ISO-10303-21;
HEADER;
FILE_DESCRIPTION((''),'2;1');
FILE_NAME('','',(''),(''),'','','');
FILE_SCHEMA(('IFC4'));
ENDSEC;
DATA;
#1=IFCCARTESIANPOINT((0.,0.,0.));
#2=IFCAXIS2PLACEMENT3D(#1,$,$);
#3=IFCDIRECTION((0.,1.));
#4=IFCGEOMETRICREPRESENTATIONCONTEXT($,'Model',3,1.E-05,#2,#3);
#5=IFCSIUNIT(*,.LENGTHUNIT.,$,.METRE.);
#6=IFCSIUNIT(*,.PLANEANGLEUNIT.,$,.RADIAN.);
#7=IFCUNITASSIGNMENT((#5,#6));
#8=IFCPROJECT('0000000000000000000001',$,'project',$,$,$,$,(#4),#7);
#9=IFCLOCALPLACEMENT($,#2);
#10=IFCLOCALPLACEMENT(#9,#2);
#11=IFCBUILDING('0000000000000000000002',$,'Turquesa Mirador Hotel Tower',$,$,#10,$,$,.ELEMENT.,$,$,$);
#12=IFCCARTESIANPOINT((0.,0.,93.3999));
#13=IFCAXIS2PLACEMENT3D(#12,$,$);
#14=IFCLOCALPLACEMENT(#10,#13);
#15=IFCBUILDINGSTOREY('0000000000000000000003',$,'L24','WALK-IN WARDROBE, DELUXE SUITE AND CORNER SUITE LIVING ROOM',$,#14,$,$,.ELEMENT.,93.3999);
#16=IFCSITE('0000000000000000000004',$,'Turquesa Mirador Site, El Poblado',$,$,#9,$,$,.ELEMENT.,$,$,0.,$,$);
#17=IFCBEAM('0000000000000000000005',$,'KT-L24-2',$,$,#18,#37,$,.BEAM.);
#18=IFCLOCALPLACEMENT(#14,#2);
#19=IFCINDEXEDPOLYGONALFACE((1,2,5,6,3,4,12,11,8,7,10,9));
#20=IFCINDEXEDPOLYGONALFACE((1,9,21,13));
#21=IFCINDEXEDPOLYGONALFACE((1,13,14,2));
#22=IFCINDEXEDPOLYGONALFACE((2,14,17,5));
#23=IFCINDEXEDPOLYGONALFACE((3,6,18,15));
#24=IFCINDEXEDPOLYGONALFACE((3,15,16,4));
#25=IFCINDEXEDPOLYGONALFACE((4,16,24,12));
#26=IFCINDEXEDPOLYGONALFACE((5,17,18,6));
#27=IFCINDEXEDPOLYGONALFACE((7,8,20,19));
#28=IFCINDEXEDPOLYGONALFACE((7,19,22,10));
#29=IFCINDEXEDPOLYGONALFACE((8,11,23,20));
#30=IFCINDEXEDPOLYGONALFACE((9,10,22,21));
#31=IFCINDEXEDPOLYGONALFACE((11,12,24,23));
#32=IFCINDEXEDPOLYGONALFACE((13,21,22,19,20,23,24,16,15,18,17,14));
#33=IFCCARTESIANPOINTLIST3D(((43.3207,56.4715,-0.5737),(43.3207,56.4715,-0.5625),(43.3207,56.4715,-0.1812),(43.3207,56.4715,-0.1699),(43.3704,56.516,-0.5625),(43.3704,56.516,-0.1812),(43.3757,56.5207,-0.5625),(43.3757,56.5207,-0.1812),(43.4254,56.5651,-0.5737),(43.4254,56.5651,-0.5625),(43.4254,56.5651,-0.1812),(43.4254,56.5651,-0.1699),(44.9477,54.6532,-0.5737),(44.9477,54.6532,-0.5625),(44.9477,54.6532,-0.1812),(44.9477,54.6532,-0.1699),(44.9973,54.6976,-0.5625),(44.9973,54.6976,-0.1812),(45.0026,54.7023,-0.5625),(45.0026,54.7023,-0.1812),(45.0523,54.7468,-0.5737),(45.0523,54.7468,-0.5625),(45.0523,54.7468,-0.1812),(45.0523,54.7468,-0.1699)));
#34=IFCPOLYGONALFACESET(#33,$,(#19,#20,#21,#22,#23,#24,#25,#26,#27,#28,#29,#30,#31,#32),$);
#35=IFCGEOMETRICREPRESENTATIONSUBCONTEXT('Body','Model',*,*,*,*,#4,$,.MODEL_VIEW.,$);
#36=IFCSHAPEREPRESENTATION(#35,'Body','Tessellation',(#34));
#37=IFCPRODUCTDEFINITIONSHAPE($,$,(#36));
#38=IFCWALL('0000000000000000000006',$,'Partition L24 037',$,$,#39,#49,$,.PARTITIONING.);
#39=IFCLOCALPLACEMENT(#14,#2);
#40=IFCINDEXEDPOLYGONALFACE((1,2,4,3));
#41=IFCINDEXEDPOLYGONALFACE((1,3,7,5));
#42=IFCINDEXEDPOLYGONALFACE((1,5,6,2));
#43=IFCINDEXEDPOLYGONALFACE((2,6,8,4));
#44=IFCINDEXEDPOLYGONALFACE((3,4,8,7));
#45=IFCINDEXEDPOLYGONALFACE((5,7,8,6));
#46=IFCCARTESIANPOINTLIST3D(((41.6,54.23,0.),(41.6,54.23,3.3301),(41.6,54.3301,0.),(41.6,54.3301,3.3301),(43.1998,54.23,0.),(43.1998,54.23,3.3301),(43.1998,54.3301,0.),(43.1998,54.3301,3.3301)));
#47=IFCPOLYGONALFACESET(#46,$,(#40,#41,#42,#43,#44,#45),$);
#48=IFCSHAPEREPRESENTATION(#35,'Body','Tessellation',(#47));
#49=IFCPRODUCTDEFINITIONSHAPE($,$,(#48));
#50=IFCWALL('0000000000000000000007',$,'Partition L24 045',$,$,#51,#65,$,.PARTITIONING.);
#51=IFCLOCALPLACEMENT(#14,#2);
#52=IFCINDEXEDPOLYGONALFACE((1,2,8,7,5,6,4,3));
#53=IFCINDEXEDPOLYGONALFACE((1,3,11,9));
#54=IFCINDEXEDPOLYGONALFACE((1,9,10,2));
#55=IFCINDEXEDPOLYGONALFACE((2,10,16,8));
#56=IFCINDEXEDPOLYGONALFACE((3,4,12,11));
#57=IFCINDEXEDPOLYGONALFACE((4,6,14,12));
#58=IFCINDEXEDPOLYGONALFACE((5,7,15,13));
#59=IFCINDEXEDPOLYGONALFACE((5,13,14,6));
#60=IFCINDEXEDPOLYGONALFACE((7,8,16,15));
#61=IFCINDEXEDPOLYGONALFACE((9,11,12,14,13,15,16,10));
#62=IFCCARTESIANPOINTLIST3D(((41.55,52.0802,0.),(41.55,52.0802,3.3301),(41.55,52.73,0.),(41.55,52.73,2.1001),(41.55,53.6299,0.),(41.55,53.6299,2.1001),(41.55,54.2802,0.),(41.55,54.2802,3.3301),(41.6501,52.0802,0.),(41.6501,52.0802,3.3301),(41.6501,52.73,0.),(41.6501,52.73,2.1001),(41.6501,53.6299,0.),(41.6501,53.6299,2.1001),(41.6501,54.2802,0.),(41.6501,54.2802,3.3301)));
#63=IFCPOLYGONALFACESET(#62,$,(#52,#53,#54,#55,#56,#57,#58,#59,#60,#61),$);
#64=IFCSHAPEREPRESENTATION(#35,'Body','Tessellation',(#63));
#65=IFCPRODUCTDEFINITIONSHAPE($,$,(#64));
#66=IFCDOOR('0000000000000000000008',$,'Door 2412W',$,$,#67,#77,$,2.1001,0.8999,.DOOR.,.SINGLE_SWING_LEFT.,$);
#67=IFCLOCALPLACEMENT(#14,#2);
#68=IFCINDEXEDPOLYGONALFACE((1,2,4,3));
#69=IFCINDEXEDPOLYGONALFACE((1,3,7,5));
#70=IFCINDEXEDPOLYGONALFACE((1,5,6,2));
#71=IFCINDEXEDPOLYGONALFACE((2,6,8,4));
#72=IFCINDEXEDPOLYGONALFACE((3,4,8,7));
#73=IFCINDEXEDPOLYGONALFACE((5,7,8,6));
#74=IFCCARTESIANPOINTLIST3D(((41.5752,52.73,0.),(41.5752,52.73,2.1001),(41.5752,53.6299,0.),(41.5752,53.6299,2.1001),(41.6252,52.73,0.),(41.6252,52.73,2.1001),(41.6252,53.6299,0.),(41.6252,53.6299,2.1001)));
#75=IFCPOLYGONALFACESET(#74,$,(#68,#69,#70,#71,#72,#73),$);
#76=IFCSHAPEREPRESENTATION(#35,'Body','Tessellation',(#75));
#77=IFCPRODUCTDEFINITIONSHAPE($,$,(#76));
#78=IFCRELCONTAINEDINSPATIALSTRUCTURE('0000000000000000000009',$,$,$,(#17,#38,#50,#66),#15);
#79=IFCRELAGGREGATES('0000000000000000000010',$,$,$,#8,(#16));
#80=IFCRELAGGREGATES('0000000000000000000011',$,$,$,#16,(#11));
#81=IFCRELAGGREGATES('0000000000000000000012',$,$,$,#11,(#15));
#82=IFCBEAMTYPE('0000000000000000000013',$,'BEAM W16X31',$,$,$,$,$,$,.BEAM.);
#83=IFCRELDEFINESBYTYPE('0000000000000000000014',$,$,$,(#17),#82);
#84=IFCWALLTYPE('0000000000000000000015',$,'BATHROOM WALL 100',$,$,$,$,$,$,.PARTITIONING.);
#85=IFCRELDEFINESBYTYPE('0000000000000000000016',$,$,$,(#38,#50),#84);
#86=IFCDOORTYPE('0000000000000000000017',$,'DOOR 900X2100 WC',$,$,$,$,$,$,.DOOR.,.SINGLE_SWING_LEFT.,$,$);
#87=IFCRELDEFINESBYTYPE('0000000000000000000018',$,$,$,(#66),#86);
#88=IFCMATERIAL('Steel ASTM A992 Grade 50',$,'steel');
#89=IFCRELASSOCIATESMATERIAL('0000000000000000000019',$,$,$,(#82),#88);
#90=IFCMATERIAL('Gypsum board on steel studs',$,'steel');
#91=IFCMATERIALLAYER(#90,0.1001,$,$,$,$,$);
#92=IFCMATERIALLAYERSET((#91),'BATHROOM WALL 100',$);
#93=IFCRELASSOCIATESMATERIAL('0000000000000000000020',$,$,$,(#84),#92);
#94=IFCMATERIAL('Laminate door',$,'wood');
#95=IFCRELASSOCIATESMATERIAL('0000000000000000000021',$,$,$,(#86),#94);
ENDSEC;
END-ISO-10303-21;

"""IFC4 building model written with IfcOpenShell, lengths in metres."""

from ifc_helpers import new_model, si_unit, direction, frame, frame_2d, origin, origin_2d, place, context, subcontext, project, spatial, rectangle, i_section, extrude, material, layer, layer_set, material_profile, profile_set, type_object, element, fill, save


model = new_model("IFC4")

# Units and contexts
model_context = context("Model", 3, precision=1e-05, world=origin(), true_north=direction((0.0, 1.0)))
body_context = subcontext(model_context, "Body", "Model", "MODEL_VIEW")
ifc_project = project(units=[si_unit("LENGTHUNIT", "METRE"), si_unit("PLANEANGLEUNIT", "RADIAN")], contexts=[model_context])

# Site, building, storey
site_placement = place(None, origin())
site = spatial("IfcSite", under=ifc_project, at=site_placement, Name="Turquesa Mirador Site, El Poblado", CompositionType="ELEMENT", RefElevation=0.0)
building_placement = place(site_placement, origin())
building = spatial("IfcBuilding", under=site, at=building_placement, Name="Turquesa Mirador Hotel Tower", CompositionType="ELEMENT")
storey_placement = place(building_placement, frame((0.0, 0.0, 93.3999)))
storey = spatial("IfcBuildingStorey", under=building, at=storey_placement, Name="L24", Description="WALK-IN WARDROBE, DELUXE SUITE AND CORNER SUITE LIVING ROOM", CompositionType="ELEMENT", Elevation=93.3999)

# Beam
ifc_material_1 = material(Name="Steel ASTM A992 Grade 50", Category="steel")
ifc_material_profile = material_profile(ifc_material_1, i_section(OverallWidth=0.1404, OverallDepth=0.4038, WebThickness=0.0071, FlangeThickness=0.0112, at=origin_2d()), Name="W16X31")
ifc_profile_set = profile_set([ifc_material_profile], Name="Steel ASTM A992 Grade 50")
beam_type = type_object("IfcBeamType", Name="BEAM W16X31", PredefinedType="BEAM", material=ifc_profile_set)
beam_placement = place(storey_placement, frame((43.373, 56.5183, -0.3718), z_axis=(0.666795, -0.745241, 0.0), x_axis=(0.745241, 0.666795, 0.0)))
element("IfcBeam", 1, at=beam_placement, inside=storey, type_object=beam_type, Name="KT-L24-2", PredefinedType="BEAM", context=body_context, shape_type="SweptSolid", body=[
    extrude(i_section(OverallWidth=0.1404, OverallDepth=0.4038, WebThickness=0.0071, FlangeThickness=0.0112, at=origin_2d()), origin(), (0.0, 0.0, 1.0), 2.4399),
])

# Wall
ifc_material_2 = material(Name="Gypsum board on steel studs", Category="steel")
ifc_layer_1 = layer(ifc_material_2, 0.1001)
ifc_layer_set_1 = layer_set([ifc_layer_1], Name="BATHROOM WALL 100")
wall_type_1 = type_object("IfcWallType", Name="BATHROOM WALL 100", PredefinedType="PARTITIONING", material=ifc_layer_set_1)
wall_1_placement = place(storey_placement, frame((41.6001, 54.28, 0.0), z_axis=(0.0, 0.0, 1.0), x_axis=(1.0, 0.0, 0.0)))
element("IfcWall", 2, at=wall_1_placement, inside=storey, type_object=wall_type_1, Name="Partition L24 037", PredefinedType="PARTITIONING", context=body_context, shape_type="SweptSolid", body=[
    extrude(rectangle(XDim=1.5999, YDim=0.1001, at=frame_2d((0.7998, 0.0))), origin(), (0.0, 0.0, 1.0), 3.3301),
])

# Wall, opening, door
wall_2_placement = place(storey_placement, frame((41.6001, 52.0801, 0.0), z_axis=(0.0, 0.0, 1.0), x_axis=(0.0, 1.0, 0.0)))
wall_2 = element("IfcWall", 3, at=wall_2_placement, inside=storey, type_object=wall_type_1, Name="Partition L24 045", PredefinedType="PARTITIONING", context=body_context, shape_type="SweptSolid", body=[
    extrude(rectangle(XDim=2.2, YDim=0.1001, at=frame_2d((1.1001, 0.0))), origin(), (0.0, 0.0, 1.0), 3.3301),
])
opening_1_placement = place(wall_2_placement, frame((0.6499, 0.0, 0.0)))
opening_1 = element("IfcOpeningElement", 4, at=opening_1_placement, cuts=wall_2, PredefinedType="OPENING", context=body_context, shape_type="SweptSolid", body=[
    extrude(rectangle(XDim=0.8999, YDim=2.1001, at=frame_2d((0.45, 1.05))), frame((0.0, 0.0601, 0.0), z_axis=(0.0, -1.0, 0.0), x_axis=(1.0, 0.0, 0.0)), (0.0, 0.0, 1.0), 0.1201),
])
ifc_material_3 = material(Name="Laminate door", Category="wood")
door_type_1 = type_object("IfcDoorType", Name="DOOR 900X2100 WC", OperationType="SINGLE_SWING_LEFT", PredefinedType="DOOR", material=ifc_material_3)
door_1_placement = place(opening_1_placement, origin())
door_1 = element("IfcDoor", 5, at=door_1_placement, inside=storey, type_object=door_type_1, Name="Door 2412W", OperationType="SINGLE_SWING_LEFT", OverallHeight=2.1001, OverallWidth=0.8999, PredefinedType="DOOR", context=body_context, shape_type="SweptSolid", body=[
    extrude(rectangle(XDim=0.8999, YDim=2.1001, at=frame_2d((0.45, 1.05))), frame((0.0, 0.0249, 0.0), z_axis=(0.0, -1.0, 0.0), x_axis=(1.0, 0.0, 0.0)), (0.0, 0.0, 1.0), 0.05),
])
fill(opening_1, door_1)

save(model, "model.ifc")
